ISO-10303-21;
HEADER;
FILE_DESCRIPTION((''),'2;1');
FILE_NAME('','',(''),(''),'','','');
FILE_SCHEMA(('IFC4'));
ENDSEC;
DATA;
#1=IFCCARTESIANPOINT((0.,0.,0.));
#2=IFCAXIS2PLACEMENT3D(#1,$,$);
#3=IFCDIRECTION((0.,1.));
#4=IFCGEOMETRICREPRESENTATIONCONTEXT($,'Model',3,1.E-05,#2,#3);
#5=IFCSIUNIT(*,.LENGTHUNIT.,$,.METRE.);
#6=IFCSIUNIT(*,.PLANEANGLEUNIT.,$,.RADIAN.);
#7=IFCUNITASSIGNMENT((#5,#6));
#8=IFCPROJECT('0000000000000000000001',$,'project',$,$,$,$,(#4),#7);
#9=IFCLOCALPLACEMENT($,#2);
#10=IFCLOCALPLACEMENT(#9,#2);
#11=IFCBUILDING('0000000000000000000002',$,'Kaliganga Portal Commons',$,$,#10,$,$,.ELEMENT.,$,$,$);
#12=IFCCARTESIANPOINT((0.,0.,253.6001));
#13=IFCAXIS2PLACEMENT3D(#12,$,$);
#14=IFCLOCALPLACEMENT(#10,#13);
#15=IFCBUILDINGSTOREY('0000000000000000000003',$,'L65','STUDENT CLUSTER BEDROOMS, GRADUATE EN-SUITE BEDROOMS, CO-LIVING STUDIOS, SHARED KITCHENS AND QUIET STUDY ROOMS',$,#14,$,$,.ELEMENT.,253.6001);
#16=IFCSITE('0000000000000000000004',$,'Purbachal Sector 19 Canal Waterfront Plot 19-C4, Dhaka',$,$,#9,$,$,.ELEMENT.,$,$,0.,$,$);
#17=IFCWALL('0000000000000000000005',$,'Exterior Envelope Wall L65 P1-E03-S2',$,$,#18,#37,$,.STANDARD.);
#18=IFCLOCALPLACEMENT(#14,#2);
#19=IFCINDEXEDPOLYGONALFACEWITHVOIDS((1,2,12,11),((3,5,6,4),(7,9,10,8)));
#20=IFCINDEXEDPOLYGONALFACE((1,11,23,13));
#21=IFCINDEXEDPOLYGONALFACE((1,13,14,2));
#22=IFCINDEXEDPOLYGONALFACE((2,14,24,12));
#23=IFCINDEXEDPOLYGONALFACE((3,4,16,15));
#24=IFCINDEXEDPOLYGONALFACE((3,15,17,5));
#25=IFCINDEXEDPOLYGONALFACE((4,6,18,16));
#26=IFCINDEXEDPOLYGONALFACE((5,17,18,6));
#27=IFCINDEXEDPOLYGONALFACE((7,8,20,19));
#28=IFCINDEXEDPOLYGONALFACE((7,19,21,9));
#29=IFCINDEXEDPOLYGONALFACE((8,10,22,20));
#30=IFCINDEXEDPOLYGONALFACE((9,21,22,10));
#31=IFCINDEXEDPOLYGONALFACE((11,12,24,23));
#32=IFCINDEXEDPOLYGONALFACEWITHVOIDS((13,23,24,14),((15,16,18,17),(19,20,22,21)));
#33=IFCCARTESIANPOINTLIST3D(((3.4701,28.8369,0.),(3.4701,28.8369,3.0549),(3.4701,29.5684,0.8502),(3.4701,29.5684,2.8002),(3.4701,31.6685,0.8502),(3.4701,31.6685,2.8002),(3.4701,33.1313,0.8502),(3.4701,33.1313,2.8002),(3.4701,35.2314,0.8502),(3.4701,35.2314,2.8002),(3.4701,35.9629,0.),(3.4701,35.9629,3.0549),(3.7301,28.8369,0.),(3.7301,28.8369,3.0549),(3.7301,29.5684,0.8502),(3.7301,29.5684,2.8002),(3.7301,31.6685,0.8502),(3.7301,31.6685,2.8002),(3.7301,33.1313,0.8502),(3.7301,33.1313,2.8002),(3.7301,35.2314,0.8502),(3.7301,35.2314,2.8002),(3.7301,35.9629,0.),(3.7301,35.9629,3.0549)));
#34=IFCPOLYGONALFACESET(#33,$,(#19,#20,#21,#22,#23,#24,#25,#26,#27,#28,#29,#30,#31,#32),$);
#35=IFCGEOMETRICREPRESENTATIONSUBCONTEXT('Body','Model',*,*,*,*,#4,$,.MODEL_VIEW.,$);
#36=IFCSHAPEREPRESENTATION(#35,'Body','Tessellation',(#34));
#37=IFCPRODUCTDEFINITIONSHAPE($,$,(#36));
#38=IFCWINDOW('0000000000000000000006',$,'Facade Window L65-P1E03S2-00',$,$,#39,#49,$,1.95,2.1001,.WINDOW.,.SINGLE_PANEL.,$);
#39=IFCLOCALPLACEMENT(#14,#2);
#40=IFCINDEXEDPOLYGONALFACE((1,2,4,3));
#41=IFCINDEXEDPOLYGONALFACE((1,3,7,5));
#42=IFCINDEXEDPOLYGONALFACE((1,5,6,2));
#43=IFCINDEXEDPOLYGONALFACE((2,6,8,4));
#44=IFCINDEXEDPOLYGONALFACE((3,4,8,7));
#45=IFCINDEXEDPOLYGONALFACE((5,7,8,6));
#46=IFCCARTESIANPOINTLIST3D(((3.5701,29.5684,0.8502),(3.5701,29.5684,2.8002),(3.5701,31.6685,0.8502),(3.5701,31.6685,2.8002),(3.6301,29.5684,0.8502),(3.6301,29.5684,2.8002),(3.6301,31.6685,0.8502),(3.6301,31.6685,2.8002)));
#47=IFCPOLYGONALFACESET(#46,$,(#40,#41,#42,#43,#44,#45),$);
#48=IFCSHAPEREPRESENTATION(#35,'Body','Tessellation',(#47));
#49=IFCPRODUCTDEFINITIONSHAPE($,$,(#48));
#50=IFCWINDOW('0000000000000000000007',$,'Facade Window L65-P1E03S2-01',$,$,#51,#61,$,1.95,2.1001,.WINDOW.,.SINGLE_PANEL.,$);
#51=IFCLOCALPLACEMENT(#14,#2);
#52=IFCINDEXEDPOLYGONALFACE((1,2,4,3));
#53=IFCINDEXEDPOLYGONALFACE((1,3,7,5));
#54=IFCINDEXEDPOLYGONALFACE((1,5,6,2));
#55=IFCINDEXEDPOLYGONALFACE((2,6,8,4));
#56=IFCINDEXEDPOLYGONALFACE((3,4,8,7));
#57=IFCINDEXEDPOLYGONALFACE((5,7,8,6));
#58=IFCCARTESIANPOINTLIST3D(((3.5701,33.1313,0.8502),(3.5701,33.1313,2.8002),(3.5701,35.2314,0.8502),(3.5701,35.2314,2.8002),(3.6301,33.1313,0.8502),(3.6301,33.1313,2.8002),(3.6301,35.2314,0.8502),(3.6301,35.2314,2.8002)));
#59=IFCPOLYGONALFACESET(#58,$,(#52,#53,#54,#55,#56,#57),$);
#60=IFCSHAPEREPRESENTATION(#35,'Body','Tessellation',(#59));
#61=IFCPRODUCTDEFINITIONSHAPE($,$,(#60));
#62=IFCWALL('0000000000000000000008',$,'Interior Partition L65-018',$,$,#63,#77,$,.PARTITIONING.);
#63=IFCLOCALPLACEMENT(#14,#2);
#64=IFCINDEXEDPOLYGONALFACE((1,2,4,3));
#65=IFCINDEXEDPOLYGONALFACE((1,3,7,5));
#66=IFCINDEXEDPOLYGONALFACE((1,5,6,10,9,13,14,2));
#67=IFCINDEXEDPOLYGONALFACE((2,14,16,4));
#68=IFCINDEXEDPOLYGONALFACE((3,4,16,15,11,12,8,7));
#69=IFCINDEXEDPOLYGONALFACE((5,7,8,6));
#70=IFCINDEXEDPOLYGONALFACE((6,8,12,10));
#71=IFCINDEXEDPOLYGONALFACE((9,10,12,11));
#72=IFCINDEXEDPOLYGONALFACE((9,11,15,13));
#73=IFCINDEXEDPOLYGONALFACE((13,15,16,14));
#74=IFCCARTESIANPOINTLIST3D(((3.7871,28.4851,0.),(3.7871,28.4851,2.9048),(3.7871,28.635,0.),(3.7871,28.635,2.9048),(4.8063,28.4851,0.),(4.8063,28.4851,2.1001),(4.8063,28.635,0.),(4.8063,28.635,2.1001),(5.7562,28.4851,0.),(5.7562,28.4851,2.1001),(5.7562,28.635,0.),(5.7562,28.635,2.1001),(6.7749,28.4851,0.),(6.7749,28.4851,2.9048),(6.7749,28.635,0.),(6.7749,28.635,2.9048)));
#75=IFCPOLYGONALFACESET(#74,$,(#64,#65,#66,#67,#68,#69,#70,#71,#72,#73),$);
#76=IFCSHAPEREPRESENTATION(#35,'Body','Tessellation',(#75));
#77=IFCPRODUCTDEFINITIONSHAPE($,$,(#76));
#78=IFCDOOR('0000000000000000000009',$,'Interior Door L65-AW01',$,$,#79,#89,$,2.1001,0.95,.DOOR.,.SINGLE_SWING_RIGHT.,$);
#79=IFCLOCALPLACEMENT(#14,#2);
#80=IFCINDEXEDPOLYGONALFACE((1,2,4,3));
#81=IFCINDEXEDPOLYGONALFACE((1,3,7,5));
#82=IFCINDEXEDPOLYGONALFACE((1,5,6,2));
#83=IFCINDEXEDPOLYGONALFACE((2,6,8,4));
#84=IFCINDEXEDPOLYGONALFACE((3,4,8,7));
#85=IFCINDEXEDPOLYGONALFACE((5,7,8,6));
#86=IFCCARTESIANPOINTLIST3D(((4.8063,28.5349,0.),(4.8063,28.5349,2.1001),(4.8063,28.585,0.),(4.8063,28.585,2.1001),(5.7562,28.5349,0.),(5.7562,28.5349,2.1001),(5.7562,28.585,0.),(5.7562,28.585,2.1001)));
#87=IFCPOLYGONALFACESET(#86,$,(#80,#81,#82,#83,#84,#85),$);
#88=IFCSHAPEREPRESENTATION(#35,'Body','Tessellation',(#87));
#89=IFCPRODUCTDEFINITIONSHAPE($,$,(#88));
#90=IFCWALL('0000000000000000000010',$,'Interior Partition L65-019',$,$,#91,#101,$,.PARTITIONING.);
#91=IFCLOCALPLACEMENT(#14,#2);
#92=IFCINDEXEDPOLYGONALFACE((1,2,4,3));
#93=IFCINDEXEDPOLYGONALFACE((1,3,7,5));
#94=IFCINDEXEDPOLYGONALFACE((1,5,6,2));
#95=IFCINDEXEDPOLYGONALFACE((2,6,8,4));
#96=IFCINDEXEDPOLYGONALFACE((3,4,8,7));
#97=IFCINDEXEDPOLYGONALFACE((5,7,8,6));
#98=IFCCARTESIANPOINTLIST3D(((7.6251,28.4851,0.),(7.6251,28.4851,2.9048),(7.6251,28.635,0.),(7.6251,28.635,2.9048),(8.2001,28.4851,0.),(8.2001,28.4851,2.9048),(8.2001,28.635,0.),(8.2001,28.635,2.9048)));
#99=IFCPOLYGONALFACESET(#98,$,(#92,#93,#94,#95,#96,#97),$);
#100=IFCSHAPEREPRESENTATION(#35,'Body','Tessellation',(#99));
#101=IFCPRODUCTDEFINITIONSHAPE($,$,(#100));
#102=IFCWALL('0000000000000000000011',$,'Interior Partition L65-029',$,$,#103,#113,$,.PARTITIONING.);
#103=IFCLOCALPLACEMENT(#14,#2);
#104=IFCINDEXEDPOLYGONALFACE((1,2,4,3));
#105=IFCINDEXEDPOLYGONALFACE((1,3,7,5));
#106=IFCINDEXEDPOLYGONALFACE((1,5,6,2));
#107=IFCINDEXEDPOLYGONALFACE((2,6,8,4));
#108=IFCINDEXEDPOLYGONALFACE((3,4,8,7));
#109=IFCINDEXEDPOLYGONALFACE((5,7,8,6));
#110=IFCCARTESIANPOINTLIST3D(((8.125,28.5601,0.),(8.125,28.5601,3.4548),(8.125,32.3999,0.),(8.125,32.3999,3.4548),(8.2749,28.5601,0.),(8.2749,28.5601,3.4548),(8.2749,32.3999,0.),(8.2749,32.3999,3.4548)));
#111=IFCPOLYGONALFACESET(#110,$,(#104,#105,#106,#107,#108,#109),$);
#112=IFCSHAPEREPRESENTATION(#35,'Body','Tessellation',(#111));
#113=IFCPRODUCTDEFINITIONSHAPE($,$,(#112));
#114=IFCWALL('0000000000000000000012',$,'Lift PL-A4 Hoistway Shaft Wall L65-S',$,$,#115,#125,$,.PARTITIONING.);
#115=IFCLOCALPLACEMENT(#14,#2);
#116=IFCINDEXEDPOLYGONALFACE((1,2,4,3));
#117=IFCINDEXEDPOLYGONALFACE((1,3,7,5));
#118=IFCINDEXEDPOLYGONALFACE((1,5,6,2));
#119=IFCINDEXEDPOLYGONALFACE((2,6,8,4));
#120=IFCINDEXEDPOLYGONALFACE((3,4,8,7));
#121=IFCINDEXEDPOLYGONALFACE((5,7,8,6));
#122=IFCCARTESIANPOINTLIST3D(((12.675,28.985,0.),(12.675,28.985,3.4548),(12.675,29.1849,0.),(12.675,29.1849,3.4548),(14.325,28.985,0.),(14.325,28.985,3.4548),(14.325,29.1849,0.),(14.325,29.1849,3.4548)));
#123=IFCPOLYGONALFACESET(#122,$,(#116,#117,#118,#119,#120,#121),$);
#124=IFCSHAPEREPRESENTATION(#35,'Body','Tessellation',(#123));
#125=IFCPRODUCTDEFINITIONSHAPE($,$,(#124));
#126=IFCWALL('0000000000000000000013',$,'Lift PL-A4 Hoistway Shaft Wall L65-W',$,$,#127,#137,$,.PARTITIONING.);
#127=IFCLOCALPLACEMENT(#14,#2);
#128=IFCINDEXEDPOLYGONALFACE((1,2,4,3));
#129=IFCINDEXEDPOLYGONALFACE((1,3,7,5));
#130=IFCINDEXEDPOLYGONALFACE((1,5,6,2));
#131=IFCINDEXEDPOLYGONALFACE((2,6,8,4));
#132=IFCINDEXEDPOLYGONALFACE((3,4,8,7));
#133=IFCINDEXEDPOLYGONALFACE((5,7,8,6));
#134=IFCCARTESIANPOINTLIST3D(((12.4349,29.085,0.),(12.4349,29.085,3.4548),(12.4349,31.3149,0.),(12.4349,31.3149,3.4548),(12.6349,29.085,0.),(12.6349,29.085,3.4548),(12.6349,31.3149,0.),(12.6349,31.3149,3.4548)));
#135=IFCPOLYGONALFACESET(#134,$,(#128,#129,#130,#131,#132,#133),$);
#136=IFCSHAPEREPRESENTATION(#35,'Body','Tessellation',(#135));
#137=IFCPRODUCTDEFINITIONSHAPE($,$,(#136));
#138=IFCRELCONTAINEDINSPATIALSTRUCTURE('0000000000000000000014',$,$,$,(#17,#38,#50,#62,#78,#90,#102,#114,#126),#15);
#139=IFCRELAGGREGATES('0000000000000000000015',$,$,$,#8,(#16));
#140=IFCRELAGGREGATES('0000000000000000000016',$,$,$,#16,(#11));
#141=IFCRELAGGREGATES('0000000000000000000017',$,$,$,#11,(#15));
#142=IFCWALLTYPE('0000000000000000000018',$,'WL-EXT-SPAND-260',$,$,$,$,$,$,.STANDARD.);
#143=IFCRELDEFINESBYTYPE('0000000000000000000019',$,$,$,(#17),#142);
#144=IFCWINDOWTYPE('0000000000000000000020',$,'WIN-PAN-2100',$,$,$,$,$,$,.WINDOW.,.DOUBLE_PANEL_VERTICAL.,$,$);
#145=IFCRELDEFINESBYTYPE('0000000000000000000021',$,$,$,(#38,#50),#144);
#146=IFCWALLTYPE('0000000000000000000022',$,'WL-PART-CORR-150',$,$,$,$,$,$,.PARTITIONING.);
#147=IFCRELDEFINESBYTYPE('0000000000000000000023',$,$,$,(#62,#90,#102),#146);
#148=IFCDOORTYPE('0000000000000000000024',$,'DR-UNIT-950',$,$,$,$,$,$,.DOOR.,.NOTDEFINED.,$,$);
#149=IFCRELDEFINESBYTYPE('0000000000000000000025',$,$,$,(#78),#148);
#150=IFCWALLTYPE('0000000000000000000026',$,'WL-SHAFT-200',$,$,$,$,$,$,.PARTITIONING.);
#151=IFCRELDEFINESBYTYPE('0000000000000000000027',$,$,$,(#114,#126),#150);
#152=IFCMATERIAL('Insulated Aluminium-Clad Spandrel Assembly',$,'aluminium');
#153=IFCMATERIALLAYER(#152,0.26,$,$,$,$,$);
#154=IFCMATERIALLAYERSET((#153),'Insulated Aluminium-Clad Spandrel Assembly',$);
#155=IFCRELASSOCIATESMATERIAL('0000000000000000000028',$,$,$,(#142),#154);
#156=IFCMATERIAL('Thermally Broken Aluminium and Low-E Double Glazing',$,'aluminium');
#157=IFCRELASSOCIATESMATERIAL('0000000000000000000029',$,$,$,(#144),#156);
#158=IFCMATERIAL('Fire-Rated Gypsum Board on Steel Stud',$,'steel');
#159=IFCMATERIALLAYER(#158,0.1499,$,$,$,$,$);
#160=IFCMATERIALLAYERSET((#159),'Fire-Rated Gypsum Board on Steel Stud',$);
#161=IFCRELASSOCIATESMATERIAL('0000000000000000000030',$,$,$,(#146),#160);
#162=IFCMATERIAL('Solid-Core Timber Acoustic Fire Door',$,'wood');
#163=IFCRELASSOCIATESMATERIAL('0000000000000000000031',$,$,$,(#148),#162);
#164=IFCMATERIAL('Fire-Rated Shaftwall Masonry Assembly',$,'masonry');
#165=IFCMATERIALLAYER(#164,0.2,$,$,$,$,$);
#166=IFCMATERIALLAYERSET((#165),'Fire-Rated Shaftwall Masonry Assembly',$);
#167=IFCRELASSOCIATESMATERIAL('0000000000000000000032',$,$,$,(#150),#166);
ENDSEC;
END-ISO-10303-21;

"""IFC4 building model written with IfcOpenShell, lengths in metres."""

from ifc_helpers import new_model, si_unit, direction, frame, frame_2d, origin, place, context, subcontext, project, spatial, rectangle, extrude, material, layer, layer_set, type_object, element, fill, save


model = new_model("IFC4")

# Units and contexts
model_context = context("Model", 3, precision=1e-05, world=origin(), true_north=direction((0.0, 1.0)))
body_context = subcontext(model_context, "Body", "Model", "MODEL_VIEW")
ifc_project = project(units=[si_unit("LENGTHUNIT", "METRE"), si_unit("PLANEANGLEUNIT", "RADIAN")], contexts=[model_context])

# Site, building, storey
site_placement = place(None, origin())
site = spatial("IfcSite", under=ifc_project, at=site_placement, Name="Purbachal Sector 19 Canal Waterfront Plot 19-C4, Dhaka", CompositionType="ELEMENT", RefElevation=0.0)
building_placement = place(site_placement, origin())
building = spatial("IfcBuilding", under=site, at=building_placement, Name="Kaliganga Portal Commons", CompositionType="ELEMENT")
storey_placement = place(building_placement, frame((0.0, 0.0, 253.6001)))
storey = spatial("IfcBuildingStorey", under=building, at=storey_placement, Name="L65", Description="STUDENT CLUSTER BEDROOMS, GRADUATE EN-SUITE BEDROOMS, CO-LIVING STUDIOS, SHARED KITCHENS AND QUIET STUDY ROOMS", CompositionType="ELEMENT", Elevation=253.6001)

# Wall, openings, windows
ifc_material_1 = material(Name="Insulated Aluminium-Clad Spandrel Assembly", Category="aluminium")
ifc_layer_1 = layer(ifc_material_1, 0.26)
ifc_layer_set_1 = layer_set([ifc_layer_1], Name="Insulated Aluminium-Clad Spandrel Assembly")
wall_type_1 = type_object("IfcWallType", Name="WL-EXT-SPAND-260", PredefinedType="STANDARD", material=ifc_layer_set_1)
wall_1_placement = place(storey_placement, frame((3.6001, 28.8369, 0.0), z_axis=(0.0, 0.0, 1.0), x_axis=(0.0, 1.0, 0.0)))
wall_1 = element("IfcWall", 1, at=wall_1_placement, inside=storey, type_object=wall_type_1, Name="Exterior Envelope Wall L65 P1-E03-S2", PredefinedType="STANDARD", context=body_context, shape_type="SweptSolid", body=[
    extrude(rectangle(XDim=7.126, YDim=0.26, at=frame_2d((3.563, 0.0))), origin(), (0.0, 0.0, 1.0), 3.0549),
])
opening_1_placement = place(wall_1_placement, frame((0.7314, 0.0, 0.8501)))
opening_1 = element("IfcOpeningElement", 2, at=opening_1_placement, cuts=wall_1, PredefinedType="OPENING", context=body_context, shape_type="SweptSolid", body=[
    extrude(rectangle(XDim=2.1001, YDim=1.95, at=frame_2d((1.05, 0.9751))), frame((0.0, 0.1401, 0.0), z_axis=(0.0, -1.0, 0.0), x_axis=(1.0, 0.0, 0.0)), (0.0, 0.0, 1.0), 0.28),
])
opening_2_placement = place(wall_1_placement, frame((4.2944, 0.0, 0.8501)))
opening_2 = element("IfcOpeningElement", 3, at=opening_2_placement, cuts=wall_1, PredefinedType="OPENING", context=body_context, shape_type="SweptSolid", body=[
    extrude(rectangle(XDim=2.1001, YDim=1.95, at=frame_2d((1.05, 0.9751))), frame((0.0, 0.1401, 0.0), z_axis=(0.0, -1.0, 0.0), x_axis=(1.0, 0.0, 0.0)), (0.0, 0.0, 1.0), 0.28),
])
ifc_material_2 = material(Name="Thermally Broken Aluminium and Low-E Double Glazing", Category="aluminium")
window_type = type_object("IfcWindowType", Name="WIN-PAN-2100", PartitioningType="DOUBLE_PANEL_VERTICAL", PredefinedType="WINDOW", material=ifc_material_2)
window_1_placement = place(opening_1_placement, origin())
window_1 = element("IfcWindow", 4, at=window_1_placement, inside=storey, type_object=window_type, Name="Facade Window L65-P1E03S2-00", OverallHeight=1.95, OverallWidth=2.1001, PartitioningType="SINGLE_PANEL", PredefinedType="WINDOW", context=body_context, shape_type="SweptSolid", body=[
    extrude(rectangle(XDim=2.1001, YDim=1.95, at=frame_2d((1.05, 0.9751))), frame((0.0, 0.03, 0.0), z_axis=(0.0, -1.0, 0.0), x_axis=(1.0, 0.0, 0.0)), (0.0, 0.0, 1.0), 0.0601),
])
fill(opening_1, window_1)
window_2_placement = place(opening_2_placement, origin())
window_2 = element("IfcWindow", 5, at=window_2_placement, inside=storey, type_object=window_type, Name="Facade Window L65-P1E03S2-01", OverallHeight=1.95, OverallWidth=2.1001, PartitioningType="SINGLE_PANEL", PredefinedType="WINDOW", context=body_context, shape_type="SweptSolid", body=[
    extrude(rectangle(XDim=2.1001, YDim=1.95, at=frame_2d((1.05, 0.9751))), frame((0.0, 0.03, 0.0), z_axis=(0.0, -1.0, 0.0), x_axis=(1.0, 0.0, 0.0)), (0.0, 0.0, 1.0), 0.0601),
])
fill(opening_2, window_2)

# Wall, opening, door
ifc_material_3 = material(Name="Fire-Rated Gypsum Board on Steel Stud", Category="steel")
ifc_layer_2 = layer(ifc_material_3, 0.1499)
ifc_layer_set_2 = layer_set([ifc_layer_2], Name="Fire-Rated Gypsum Board on Steel Stud")
wall_type_2 = type_object("IfcWallType", Name="WL-PART-CORR-150", PredefinedType="PARTITIONING", material=ifc_layer_set_2)
wall_2_placement = place(storey_placement, frame((3.7871, 28.5601, 0.0), z_axis=(0.0, 0.0, 1.0), x_axis=(1.0, 0.0, 0.0)))
wall_2 = element("IfcWall", 6, at=wall_2_placement, inside=storey, type_object=wall_type_2, Name="Interior Partition L65-018", PredefinedType="PARTITIONING", context=body_context, shape_type="SweptSolid", body=[
    extrude(rectangle(XDim=2.9878, YDim=0.1499, at=frame_2d((1.4939, 0.0))), origin(), (0.0, 0.0, 1.0), 2.9048),
])
opening_3_placement = place(wall_2_placement, frame((1.019, 0.0, 0.0)))
opening_3 = element("IfcOpeningElement", 7, at=opening_3_placement, cuts=wall_2, PredefinedType="OPENING", context=body_context, shape_type="SweptSolid", body=[
    extrude(rectangle(XDim=0.95, YDim=2.1001, at=frame_2d((0.4751, 1.05))), frame((0.0, 0.085, 0.0), z_axis=(0.0, -1.0, 0.0), x_axis=(1.0, 0.0, 0.0)), (0.0, 0.0, 1.0), 0.1699),
])
ifc_material_4 = material(Name="Solid-Core Timber Acoustic Fire Door", Category="wood")
door_type_1 = type_object("IfcDoorType", Name="DR-UNIT-950", OperationType="NOTDEFINED", PredefinedType="DOOR", material=ifc_material_4)
door_1_placement = place(opening_3_placement, origin())
door_1 = element("IfcDoor", 8, at=door_1_placement, inside=storey, type_object=door_type_1, Name="Interior Door L65-AW01", OperationType="SINGLE_SWING_RIGHT", OverallHeight=2.1001, OverallWidth=0.95, PredefinedType="DOOR", context=body_context, shape_type="SweptSolid", body=[
    extrude(rectangle(XDim=0.95, YDim=2.1001, at=frame_2d((0.4751, 1.05))), frame((0.0, 0.0249, 0.0), z_axis=(0.0, -1.0, 0.0), x_axis=(1.0, 0.0, 0.0)), (0.0, 0.0, 1.0), 0.05),
])
fill(opening_3, door_1)

# Walls
wall_3_placement = place(storey_placement, frame((7.625, 28.5601, 0.0), z_axis=(0.0, 0.0, 1.0), x_axis=(1.0, 0.0, 0.0)))
element("IfcWall", 9, at=wall_3_placement, inside=storey, type_object=wall_type_2, Name="Interior Partition L65-019", PredefinedType="PARTITIONING", context=body_context, shape_type="SweptSolid", body=[
    extrude(rectangle(XDim=0.575, YDim=0.1499, at=frame_2d((0.2876, 0.0))), origin(), (0.0, 0.0, 1.0), 2.9048),
])
wall_4_placement = place(storey_placement, frame((8.2, 28.5601, 0.0), z_axis=(0.0, 0.0, 1.0), x_axis=(0.0, 1.0, 0.0)))
element("IfcWall", 10, at=wall_4_placement, inside=storey, type_object=wall_type_2, Name="Interior Partition L65-029", PredefinedType="PARTITIONING", context=body_context, shape_type="SweptSolid", body=[
    extrude(rectangle(XDim=3.8398, YDim=0.1499, at=frame_2d((1.9199, 0.0))), origin(), (0.0, 0.0, 1.0), 3.4548),
])
ifc_material_5 = material(Name="Fire-Rated Shaftwall Masonry Assembly", Category="masonry")
ifc_layer_3 = layer(ifc_material_5, 0.2)
ifc_layer_set_3 = layer_set([ifc_layer_3], Name="Fire-Rated Shaftwall Masonry Assembly")
wall_type_3 = type_object("IfcWallType", Name="WL-SHAFT-200", PredefinedType="PARTITIONING", material=ifc_layer_set_3)
wall_5_placement = place(storey_placement, frame((12.675, 29.085, 0.0), z_axis=(0.0, 0.0, 1.0), x_axis=(1.0, 0.0, 0.0)))
element("IfcWall", 11, at=wall_5_placement, inside=storey, type_object=wall_type_3, Name="Lift PL-A4 Hoistway Shaft Wall L65-S", PredefinedType="PARTITIONING", context=body_context, shape_type="SweptSolid", body=[
    extrude(rectangle(XDim=1.6499, YDim=0.2, at=frame_2d((0.825, 0.0))), origin(), (0.0, 0.0, 1.0), 3.4548),
])

# Wall
wall_6_placement = place(storey_placement, frame((12.5349, 29.085, 0.0), z_axis=(0.0, 0.0, 1.0), x_axis=(0.0, 1.0, 0.0)))
element("IfcWall", 12, at=wall_6_placement, inside=storey, type_object=wall_type_3, Name="Lift PL-A4 Hoistway Shaft Wall L65-W", PredefinedType="PARTITIONING", context=body_context, shape_type="SweptSolid", body=[
    extrude(rectangle(XDim=2.23, YDim=0.2, at=frame_2d((1.115, 0.0))), origin(), (0.0, 0.0, 1.0), 3.4548),
])

save(model, "model.ifc")
